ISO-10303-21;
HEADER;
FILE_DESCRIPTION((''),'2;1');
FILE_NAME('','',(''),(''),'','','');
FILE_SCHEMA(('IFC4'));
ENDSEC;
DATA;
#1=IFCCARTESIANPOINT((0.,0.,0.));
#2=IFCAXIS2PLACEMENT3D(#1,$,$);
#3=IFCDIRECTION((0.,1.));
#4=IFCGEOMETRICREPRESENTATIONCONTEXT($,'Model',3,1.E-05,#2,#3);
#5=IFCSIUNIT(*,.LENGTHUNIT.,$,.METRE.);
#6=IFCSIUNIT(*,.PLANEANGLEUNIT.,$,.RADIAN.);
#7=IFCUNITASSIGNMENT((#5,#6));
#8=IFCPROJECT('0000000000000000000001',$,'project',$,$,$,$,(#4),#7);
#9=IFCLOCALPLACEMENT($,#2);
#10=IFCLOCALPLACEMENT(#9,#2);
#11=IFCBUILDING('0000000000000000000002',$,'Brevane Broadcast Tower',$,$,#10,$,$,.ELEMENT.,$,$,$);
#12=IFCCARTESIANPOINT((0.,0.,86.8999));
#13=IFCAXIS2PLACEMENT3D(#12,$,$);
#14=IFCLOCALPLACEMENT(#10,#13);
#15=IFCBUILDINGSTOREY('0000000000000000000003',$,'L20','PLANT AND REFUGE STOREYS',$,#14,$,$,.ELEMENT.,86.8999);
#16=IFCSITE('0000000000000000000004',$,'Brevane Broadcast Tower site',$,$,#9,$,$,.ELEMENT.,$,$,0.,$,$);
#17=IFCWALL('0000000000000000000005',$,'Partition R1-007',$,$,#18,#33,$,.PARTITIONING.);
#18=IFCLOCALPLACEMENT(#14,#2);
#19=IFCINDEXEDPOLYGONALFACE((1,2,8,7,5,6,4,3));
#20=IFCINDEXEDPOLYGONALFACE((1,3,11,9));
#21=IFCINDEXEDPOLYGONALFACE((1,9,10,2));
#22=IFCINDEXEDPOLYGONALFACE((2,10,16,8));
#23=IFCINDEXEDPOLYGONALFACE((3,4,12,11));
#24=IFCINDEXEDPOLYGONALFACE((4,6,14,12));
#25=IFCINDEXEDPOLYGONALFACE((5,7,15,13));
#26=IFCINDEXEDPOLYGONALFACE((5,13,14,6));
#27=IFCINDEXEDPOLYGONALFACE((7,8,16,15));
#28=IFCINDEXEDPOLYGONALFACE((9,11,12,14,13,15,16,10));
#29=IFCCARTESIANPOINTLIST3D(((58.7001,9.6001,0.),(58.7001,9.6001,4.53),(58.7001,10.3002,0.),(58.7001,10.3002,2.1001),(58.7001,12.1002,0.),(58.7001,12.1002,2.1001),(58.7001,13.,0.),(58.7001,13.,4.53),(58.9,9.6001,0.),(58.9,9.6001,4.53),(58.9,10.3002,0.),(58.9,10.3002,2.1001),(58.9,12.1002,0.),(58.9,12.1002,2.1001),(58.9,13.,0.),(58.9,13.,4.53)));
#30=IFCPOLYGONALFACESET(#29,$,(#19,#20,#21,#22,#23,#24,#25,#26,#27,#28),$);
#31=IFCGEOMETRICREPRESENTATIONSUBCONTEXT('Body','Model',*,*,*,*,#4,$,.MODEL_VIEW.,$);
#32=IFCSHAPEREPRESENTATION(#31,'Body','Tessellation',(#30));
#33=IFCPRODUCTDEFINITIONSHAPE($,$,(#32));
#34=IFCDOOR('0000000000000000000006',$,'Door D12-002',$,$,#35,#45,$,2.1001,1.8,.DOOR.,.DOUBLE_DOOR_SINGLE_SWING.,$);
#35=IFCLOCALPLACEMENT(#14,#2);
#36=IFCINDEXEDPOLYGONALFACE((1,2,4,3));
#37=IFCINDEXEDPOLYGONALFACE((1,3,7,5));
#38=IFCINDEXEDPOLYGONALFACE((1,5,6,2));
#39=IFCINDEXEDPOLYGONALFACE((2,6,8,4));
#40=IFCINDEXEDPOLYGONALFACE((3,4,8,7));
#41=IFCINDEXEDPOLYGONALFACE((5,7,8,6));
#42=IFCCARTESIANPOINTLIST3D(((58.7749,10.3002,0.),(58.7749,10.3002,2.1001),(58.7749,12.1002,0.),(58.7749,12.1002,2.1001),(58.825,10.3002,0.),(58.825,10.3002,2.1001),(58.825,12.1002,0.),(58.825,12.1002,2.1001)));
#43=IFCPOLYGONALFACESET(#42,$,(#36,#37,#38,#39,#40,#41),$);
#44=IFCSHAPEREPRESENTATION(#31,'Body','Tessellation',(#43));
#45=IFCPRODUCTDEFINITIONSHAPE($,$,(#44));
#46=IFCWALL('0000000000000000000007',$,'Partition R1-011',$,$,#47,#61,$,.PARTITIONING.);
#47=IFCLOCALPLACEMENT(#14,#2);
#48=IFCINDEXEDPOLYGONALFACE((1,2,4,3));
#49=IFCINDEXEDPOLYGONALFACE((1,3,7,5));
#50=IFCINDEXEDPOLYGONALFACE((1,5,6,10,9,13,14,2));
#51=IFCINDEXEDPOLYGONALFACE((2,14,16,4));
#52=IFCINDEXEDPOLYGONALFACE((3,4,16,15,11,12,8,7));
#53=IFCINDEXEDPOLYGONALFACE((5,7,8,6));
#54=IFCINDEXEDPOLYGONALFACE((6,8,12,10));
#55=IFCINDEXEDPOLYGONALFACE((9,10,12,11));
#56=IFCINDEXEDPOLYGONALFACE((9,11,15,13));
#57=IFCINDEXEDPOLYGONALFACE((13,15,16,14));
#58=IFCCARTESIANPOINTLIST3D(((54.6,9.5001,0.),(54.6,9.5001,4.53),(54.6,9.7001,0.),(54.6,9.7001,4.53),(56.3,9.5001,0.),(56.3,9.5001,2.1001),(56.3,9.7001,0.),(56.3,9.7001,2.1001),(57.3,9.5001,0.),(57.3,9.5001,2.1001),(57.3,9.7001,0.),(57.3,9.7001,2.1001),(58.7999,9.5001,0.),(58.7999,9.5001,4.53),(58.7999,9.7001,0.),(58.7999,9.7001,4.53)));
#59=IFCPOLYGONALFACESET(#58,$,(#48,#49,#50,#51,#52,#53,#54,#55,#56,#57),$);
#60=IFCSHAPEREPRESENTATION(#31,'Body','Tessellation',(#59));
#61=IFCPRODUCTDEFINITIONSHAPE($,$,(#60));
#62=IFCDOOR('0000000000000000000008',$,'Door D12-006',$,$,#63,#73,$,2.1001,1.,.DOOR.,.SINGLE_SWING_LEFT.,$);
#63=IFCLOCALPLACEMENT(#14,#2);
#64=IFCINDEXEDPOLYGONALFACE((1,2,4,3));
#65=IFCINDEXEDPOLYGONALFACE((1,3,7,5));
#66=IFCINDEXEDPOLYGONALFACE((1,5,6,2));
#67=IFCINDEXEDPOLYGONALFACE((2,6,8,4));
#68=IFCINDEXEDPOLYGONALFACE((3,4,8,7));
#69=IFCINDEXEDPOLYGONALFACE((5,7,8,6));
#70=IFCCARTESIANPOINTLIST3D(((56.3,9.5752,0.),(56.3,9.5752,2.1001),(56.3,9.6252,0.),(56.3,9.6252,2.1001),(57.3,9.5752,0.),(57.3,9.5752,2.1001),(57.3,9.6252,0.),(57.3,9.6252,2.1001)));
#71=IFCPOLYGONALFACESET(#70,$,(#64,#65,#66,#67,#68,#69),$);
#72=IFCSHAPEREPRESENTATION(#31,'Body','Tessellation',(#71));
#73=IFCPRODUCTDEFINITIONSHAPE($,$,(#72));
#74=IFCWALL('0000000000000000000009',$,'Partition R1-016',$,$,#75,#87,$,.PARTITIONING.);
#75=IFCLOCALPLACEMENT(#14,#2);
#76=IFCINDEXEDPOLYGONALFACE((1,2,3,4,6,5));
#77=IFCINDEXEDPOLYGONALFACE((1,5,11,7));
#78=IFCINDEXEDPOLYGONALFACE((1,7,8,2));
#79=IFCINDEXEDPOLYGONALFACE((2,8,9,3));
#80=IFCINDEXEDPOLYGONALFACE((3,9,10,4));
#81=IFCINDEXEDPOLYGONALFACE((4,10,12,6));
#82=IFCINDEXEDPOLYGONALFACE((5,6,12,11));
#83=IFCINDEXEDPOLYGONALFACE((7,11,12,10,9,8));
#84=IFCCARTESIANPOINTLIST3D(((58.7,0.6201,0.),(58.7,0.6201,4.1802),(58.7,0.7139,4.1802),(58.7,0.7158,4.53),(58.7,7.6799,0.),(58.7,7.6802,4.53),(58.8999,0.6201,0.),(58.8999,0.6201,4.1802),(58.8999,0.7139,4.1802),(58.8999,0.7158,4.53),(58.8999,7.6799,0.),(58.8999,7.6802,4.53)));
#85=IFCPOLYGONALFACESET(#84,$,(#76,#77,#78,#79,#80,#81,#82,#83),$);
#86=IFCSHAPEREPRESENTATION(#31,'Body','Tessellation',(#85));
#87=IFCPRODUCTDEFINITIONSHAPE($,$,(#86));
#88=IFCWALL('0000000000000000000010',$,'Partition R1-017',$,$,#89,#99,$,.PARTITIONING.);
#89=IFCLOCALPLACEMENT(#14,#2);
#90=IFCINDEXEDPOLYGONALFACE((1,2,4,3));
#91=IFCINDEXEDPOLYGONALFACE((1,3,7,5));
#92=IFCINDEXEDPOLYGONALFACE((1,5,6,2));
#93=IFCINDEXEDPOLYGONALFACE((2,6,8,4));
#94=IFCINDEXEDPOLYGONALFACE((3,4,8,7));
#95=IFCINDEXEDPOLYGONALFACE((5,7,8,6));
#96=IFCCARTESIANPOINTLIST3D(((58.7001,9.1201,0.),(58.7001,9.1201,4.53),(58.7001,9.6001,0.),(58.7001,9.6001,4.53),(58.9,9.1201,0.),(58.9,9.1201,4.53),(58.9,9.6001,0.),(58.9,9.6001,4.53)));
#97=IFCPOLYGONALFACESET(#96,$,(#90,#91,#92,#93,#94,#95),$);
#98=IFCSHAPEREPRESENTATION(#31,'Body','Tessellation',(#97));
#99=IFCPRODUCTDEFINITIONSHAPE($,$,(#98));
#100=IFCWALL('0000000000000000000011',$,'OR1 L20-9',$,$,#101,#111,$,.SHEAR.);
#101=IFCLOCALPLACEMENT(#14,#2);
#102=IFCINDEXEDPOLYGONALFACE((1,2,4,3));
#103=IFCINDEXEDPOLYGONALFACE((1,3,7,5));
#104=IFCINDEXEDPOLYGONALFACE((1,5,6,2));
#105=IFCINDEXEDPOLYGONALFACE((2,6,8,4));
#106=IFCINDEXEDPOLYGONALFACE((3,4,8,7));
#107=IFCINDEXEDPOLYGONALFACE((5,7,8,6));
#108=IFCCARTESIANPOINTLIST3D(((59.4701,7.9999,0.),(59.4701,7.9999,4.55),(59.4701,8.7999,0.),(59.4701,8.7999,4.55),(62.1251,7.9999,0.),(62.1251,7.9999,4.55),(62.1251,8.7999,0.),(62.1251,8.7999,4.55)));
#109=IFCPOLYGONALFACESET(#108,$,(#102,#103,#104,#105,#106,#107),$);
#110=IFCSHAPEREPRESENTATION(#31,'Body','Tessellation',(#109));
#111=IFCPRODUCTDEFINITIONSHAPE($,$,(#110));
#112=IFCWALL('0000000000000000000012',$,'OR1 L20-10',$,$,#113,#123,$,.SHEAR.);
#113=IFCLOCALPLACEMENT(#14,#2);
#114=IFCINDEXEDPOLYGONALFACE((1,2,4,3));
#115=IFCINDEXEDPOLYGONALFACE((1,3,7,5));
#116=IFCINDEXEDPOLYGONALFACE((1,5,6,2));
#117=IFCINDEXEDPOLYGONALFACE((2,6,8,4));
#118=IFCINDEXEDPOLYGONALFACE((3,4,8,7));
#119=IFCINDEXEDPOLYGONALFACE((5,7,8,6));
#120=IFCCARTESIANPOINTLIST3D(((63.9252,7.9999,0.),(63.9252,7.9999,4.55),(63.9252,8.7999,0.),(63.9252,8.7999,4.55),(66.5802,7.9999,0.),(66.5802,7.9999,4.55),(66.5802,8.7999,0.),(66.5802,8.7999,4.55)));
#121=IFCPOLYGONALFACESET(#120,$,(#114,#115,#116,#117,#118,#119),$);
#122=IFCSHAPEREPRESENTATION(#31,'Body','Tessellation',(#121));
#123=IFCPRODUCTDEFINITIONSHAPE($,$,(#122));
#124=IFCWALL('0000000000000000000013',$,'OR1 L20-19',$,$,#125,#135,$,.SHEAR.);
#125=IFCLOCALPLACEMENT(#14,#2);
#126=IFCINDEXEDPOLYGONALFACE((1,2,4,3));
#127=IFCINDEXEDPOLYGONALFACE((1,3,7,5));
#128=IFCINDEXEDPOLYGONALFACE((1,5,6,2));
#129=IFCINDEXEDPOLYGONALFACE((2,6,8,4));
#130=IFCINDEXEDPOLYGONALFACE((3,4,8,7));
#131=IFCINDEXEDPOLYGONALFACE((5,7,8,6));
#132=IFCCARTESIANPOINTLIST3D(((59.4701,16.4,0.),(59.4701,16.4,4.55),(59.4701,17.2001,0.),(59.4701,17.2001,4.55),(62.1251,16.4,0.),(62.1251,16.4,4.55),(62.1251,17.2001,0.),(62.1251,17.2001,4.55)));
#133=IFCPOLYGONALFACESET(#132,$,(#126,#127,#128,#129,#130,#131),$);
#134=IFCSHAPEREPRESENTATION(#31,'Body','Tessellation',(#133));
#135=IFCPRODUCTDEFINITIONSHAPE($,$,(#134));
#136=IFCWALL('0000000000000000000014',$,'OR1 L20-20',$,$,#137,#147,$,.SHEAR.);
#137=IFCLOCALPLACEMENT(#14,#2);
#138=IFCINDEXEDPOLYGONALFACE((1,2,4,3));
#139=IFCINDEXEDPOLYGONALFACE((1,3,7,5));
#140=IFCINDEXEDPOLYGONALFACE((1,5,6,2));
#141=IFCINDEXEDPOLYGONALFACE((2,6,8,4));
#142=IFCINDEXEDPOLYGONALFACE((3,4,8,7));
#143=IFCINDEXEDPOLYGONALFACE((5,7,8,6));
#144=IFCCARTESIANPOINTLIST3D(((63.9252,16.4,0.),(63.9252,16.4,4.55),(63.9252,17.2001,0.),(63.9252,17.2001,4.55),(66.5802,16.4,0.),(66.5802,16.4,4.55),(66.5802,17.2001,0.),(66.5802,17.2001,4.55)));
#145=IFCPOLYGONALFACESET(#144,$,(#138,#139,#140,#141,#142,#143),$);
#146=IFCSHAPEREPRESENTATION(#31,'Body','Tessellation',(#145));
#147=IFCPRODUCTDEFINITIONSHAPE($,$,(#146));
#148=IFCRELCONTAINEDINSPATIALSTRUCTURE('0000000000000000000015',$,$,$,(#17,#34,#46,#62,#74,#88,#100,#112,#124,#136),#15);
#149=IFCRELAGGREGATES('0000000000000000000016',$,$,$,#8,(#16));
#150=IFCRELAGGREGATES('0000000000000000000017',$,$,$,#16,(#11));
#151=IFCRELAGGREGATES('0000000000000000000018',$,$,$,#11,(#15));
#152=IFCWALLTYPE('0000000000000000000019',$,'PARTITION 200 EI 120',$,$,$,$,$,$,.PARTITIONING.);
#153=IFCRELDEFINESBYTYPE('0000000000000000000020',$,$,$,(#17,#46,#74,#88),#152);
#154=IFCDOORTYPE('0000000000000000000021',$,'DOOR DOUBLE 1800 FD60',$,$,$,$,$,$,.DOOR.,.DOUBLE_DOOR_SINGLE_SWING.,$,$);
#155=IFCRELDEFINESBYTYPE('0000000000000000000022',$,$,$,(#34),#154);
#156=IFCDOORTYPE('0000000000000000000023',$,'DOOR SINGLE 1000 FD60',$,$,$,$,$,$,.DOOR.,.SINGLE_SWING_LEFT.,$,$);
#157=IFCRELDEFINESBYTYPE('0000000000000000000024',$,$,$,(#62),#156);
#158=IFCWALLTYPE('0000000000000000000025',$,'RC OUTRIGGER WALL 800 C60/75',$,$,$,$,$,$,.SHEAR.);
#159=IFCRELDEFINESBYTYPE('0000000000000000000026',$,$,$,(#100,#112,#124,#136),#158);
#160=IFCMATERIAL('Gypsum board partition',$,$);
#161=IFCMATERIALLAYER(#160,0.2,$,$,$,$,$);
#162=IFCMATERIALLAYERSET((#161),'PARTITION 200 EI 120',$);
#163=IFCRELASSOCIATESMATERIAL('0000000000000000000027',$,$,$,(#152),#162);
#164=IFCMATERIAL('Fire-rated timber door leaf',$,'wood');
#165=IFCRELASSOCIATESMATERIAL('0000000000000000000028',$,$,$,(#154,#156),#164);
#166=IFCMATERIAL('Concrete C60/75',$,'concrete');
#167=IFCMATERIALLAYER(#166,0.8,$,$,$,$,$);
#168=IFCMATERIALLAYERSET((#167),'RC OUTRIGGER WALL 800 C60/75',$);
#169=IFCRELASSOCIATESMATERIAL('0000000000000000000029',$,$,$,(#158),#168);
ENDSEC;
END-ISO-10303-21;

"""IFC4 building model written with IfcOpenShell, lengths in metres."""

from ifc_helpers import new_model, si_unit, direction, frame, frame_2d, origin, place, context, subcontext, project, spatial, polyline, rectangle, outline, extrude, material, layer, layer_set, type_object, element, fill, save


model = new_model("IFC4")

# Units and contexts
model_context = context("Model", 3, precision=1e-05, world=origin(), true_north=direction((0.0, 1.0)))
body_context = subcontext(model_context, "Body", "Model", "MODEL_VIEW")
ifc_project = project(units=[si_unit("LENGTHUNIT", "METRE"), si_unit("PLANEANGLEUNIT", "RADIAN")], contexts=[model_context])

# Site, building, storey
site_placement = place(None, origin())
site = spatial("IfcSite", under=ifc_project, at=site_placement, Name="Brevane Broadcast Tower site", CompositionType="ELEMENT", RefElevation=0.0)
building_placement = place(site_placement, origin())
building = spatial("IfcBuilding", under=site, at=building_placement, Name="Brevane Broadcast Tower", CompositionType="ELEMENT")
storey_placement = place(building_placement, frame((0.0, 0.0, 86.8999)))
storey = spatial("IfcBuildingStorey", under=building, at=storey_placement, Name="L20", Description="PLANT AND REFUGE STOREYS", CompositionType="ELEMENT", Elevation=86.8999)

# Walls, openings, doors
ifc_material_1 = material(Name="Gypsum board partition")
ifc_layer_1 = layer(ifc_material_1, 0.2)
ifc_layer_set_1 = layer_set([ifc_layer_1], Name="PARTITION 200 EI 120")
wall_type_1 = type_object("IfcWallType", Name="PARTITION 200 EI 120", PredefinedType="PARTITIONING", material=ifc_layer_set_1)
wall_1_placement = place(storey_placement, frame((58.8, 13.0, 0.0), z_axis=(0.0, 0.0, 1.0), x_axis=(0.0, -1.0, 0.0)))
wall_1 = element("IfcWall", 1, at=wall_1_placement, inside=storey, type_object=wall_type_1, Name="Partition R1-007", PredefinedType="PARTITIONING", context=body_context, shape_type="SweptSolid", body=[
    extrude(rectangle(XDim=3.3999, YDim=0.2, at=frame_2d((1.7, 0.0))), origin(), (0.0, 0.0, 1.0), 4.53),
])
opening_1_placement = place(wall_1_placement, frame((0.8999, 0.0, 0.0)))
opening_1 = element("IfcOpeningElement", 2, at=opening_1_placement, cuts=wall_1, PredefinedType="OPENING", context=body_context, shape_type="SweptSolid", body=[
    extrude(rectangle(XDim=1.8, YDim=2.1001, at=frame_2d((0.8999, 1.05))), frame((0.0, 0.1099, 0.0), z_axis=(0.0, -1.0, 0.0), x_axis=(1.0, 0.0, 0.0)), (0.0, 0.0, 1.0), 0.22),
])
ifc_material_2 = material(Name="Fire-rated timber door leaf", Category="wood")
door_type_1 = type_object("IfcDoorType", Name="DOOR DOUBLE 1800 FD60", OperationType="DOUBLE_DOOR_SINGLE_SWING", PredefinedType="DOOR", material=ifc_material_2)
door_1_placement = place(opening_1_placement, origin())
door_1 = element("IfcDoor", 3, at=door_1_placement, inside=storey, type_object=door_type_1, Name="Door D12-002", OperationType="DOUBLE_DOOR_SINGLE_SWING", OverallHeight=2.1001, OverallWidth=1.8, PredefinedType="DOOR", context=body_context, shape_type="SweptSolid", body=[
    extrude(rectangle(XDim=1.8, YDim=2.1001, at=frame_2d((0.8999, 1.05))), frame((0.0, 0.0249, 0.0), z_axis=(0.0, -1.0, 0.0), x_axis=(1.0, 0.0, 0.0)), (0.0, 0.0, 1.0), 0.05),
])
fill(opening_1, door_1)
wall_2_placement = place(storey_placement, frame((58.8, 9.6001, 0.0), z_axis=(0.0, 0.0, 1.0), x_axis=(-1.0, 0.0, 0.0)))
wall_2 = element("IfcWall", 4, at=wall_2_placement, inside=storey, type_object=wall_type_1, Name="Partition R1-011", PredefinedType="PARTITIONING", context=body_context, shape_type="SweptSolid", body=[
    extrude(rectangle(XDim=4.2, YDim=0.2, at=frame_2d((2.1001, 0.0))), origin(), (0.0, 0.0, 1.0), 4.53),
])
opening_2_placement = place(wall_2_placement, frame((1.5, 0.0, 0.0)))
opening_2 = element("IfcOpeningElement", 5, at=opening_2_placement, cuts=wall_2, PredefinedType="OPENING", context=body_context, shape_type="SweptSolid", body=[
    extrude(rectangle(XDim=1.0, YDim=2.1001, at=frame_2d((0.5, 1.05))), frame((0.0, 0.1099, 0.0), z_axis=(0.0, -1.0, 0.0), x_axis=(1.0, 0.0, 0.0)), (0.0, 0.0, 1.0), 0.22),
])
door_type_2 = type_object("IfcDoorType", Name="DOOR SINGLE 1000 FD60", OperationType="SINGLE_SWING_LEFT", PredefinedType="DOOR", material=ifc_material_2)
door_2_placement = place(opening_2_placement, origin())
door_2 = element("IfcDoor", 6, at=door_2_placement, inside=storey, type_object=door_type_2, Name="Door D12-006", OperationType="SINGLE_SWING_LEFT", OverallHeight=2.1001, OverallWidth=1.0, PredefinedType="DOOR", context=body_context, shape_type="SweptSolid", body=[
    extrude(rectangle(XDim=1.0, YDim=2.1001, at=frame_2d((0.5, 1.05))), frame((0.0, 0.0249, 0.0), z_axis=(0.0, -1.0, 0.0), x_axis=(1.0, 0.0, 0.0)), (0.0, 0.0, 1.0), 0.05),
])
fill(opening_2, door_2)

# Walls
wall_3_placement = place(storey_placement, frame((58.8, 0.6201, 0.0), z_axis=(0.0, 0.0, 1.0), x_axis=(0.0, 1.0, 0.0)))
element("IfcWall", 7, at=wall_3_placement, inside=storey, type_object=wall_type_1, Name="Partition R1-016", PredefinedType="PARTITIONING", context=body_context, shape_type="SweptSolid", body=[
    extrude(outline(polyline([(0.0, 0.0), (7.0598, 0.0), (7.0601, 4.53), (0.0957, 4.53), (0.0938, 4.1802), (0.0, 4.1802), (0.0, 0.0)])), frame((0.0, 0.1001, 0.0), z_axis=(0.0, -1.0, 0.0), x_axis=(1.0, 0.0, 0.0)), (0.0, 0.0, 1.0), 0.2),
])
wall_4_placement = place(storey_placement, frame((58.8, 9.1201, 0.0), z_axis=(0.0, 0.0, 1.0), x_axis=(0.0, 1.0, 0.0)))
element("IfcWall", 8, at=wall_4_placement, inside=storey, type_object=wall_type_1, Name="Partition R1-017", PredefinedType="PARTITIONING", context=body_context, shape_type="SweptSolid", body=[
    extrude(rectangle(XDim=0.48, YDim=0.2, at=frame_2d((0.24, 0.0))), origin(), (0.0, 0.0, 1.0), 4.53),
])
ifc_material_3 = material(Name="Concrete C60/75", Category="concrete")
ifc_layer_2 = layer(ifc_material_3, 0.8)
ifc_layer_set_2 = layer_set([ifc_layer_2], Name="RC OUTRIGGER WALL 800 C60/75")
wall_type_2 = type_object("IfcWallType", Name="RC OUTRIGGER WALL 800 C60/75", PredefinedType="SHEAR", material=ifc_layer_set_2)
for number, where, z_axis, x_axis, name in (
    (9, (59.47, 8.3999, 0.0), (0.0, 0.0, 1.0), (1.0, 0.0, 0.0), "OR1 L20-9"),
    (10, (63.925, 8.3999, 0.0), (0.0, 0.0, 1.0), (1.0, 0.0, 0.0), "OR1 L20-10"),
    (11, (59.47, 16.8, 0.0), (0.0, 0.0, 1.0), (1.0, 0.0, 0.0), "OR1 L20-19"),
    (12, (63.925, 16.8, 0.0), (0.0, 0.0, 1.0), (1.0, 0.0, 0.0), "OR1 L20-20"),
):
    element("IfcWall", number, at=place(storey_placement, frame(where, z_axis=z_axis, x_axis=x_axis)), inside=storey, type_object=wall_type_2, Name=name, PredefinedType="SHEAR", context=body_context, shape_type="SweptSolid", body=[
        extrude(rectangle(XDim=2.655, YDim=0.8, at=frame_2d((1.3276, 0.0))), origin(), (0.0, 0.0, 1.0), 4.55),
    ])

save(model, "model.ifc")
